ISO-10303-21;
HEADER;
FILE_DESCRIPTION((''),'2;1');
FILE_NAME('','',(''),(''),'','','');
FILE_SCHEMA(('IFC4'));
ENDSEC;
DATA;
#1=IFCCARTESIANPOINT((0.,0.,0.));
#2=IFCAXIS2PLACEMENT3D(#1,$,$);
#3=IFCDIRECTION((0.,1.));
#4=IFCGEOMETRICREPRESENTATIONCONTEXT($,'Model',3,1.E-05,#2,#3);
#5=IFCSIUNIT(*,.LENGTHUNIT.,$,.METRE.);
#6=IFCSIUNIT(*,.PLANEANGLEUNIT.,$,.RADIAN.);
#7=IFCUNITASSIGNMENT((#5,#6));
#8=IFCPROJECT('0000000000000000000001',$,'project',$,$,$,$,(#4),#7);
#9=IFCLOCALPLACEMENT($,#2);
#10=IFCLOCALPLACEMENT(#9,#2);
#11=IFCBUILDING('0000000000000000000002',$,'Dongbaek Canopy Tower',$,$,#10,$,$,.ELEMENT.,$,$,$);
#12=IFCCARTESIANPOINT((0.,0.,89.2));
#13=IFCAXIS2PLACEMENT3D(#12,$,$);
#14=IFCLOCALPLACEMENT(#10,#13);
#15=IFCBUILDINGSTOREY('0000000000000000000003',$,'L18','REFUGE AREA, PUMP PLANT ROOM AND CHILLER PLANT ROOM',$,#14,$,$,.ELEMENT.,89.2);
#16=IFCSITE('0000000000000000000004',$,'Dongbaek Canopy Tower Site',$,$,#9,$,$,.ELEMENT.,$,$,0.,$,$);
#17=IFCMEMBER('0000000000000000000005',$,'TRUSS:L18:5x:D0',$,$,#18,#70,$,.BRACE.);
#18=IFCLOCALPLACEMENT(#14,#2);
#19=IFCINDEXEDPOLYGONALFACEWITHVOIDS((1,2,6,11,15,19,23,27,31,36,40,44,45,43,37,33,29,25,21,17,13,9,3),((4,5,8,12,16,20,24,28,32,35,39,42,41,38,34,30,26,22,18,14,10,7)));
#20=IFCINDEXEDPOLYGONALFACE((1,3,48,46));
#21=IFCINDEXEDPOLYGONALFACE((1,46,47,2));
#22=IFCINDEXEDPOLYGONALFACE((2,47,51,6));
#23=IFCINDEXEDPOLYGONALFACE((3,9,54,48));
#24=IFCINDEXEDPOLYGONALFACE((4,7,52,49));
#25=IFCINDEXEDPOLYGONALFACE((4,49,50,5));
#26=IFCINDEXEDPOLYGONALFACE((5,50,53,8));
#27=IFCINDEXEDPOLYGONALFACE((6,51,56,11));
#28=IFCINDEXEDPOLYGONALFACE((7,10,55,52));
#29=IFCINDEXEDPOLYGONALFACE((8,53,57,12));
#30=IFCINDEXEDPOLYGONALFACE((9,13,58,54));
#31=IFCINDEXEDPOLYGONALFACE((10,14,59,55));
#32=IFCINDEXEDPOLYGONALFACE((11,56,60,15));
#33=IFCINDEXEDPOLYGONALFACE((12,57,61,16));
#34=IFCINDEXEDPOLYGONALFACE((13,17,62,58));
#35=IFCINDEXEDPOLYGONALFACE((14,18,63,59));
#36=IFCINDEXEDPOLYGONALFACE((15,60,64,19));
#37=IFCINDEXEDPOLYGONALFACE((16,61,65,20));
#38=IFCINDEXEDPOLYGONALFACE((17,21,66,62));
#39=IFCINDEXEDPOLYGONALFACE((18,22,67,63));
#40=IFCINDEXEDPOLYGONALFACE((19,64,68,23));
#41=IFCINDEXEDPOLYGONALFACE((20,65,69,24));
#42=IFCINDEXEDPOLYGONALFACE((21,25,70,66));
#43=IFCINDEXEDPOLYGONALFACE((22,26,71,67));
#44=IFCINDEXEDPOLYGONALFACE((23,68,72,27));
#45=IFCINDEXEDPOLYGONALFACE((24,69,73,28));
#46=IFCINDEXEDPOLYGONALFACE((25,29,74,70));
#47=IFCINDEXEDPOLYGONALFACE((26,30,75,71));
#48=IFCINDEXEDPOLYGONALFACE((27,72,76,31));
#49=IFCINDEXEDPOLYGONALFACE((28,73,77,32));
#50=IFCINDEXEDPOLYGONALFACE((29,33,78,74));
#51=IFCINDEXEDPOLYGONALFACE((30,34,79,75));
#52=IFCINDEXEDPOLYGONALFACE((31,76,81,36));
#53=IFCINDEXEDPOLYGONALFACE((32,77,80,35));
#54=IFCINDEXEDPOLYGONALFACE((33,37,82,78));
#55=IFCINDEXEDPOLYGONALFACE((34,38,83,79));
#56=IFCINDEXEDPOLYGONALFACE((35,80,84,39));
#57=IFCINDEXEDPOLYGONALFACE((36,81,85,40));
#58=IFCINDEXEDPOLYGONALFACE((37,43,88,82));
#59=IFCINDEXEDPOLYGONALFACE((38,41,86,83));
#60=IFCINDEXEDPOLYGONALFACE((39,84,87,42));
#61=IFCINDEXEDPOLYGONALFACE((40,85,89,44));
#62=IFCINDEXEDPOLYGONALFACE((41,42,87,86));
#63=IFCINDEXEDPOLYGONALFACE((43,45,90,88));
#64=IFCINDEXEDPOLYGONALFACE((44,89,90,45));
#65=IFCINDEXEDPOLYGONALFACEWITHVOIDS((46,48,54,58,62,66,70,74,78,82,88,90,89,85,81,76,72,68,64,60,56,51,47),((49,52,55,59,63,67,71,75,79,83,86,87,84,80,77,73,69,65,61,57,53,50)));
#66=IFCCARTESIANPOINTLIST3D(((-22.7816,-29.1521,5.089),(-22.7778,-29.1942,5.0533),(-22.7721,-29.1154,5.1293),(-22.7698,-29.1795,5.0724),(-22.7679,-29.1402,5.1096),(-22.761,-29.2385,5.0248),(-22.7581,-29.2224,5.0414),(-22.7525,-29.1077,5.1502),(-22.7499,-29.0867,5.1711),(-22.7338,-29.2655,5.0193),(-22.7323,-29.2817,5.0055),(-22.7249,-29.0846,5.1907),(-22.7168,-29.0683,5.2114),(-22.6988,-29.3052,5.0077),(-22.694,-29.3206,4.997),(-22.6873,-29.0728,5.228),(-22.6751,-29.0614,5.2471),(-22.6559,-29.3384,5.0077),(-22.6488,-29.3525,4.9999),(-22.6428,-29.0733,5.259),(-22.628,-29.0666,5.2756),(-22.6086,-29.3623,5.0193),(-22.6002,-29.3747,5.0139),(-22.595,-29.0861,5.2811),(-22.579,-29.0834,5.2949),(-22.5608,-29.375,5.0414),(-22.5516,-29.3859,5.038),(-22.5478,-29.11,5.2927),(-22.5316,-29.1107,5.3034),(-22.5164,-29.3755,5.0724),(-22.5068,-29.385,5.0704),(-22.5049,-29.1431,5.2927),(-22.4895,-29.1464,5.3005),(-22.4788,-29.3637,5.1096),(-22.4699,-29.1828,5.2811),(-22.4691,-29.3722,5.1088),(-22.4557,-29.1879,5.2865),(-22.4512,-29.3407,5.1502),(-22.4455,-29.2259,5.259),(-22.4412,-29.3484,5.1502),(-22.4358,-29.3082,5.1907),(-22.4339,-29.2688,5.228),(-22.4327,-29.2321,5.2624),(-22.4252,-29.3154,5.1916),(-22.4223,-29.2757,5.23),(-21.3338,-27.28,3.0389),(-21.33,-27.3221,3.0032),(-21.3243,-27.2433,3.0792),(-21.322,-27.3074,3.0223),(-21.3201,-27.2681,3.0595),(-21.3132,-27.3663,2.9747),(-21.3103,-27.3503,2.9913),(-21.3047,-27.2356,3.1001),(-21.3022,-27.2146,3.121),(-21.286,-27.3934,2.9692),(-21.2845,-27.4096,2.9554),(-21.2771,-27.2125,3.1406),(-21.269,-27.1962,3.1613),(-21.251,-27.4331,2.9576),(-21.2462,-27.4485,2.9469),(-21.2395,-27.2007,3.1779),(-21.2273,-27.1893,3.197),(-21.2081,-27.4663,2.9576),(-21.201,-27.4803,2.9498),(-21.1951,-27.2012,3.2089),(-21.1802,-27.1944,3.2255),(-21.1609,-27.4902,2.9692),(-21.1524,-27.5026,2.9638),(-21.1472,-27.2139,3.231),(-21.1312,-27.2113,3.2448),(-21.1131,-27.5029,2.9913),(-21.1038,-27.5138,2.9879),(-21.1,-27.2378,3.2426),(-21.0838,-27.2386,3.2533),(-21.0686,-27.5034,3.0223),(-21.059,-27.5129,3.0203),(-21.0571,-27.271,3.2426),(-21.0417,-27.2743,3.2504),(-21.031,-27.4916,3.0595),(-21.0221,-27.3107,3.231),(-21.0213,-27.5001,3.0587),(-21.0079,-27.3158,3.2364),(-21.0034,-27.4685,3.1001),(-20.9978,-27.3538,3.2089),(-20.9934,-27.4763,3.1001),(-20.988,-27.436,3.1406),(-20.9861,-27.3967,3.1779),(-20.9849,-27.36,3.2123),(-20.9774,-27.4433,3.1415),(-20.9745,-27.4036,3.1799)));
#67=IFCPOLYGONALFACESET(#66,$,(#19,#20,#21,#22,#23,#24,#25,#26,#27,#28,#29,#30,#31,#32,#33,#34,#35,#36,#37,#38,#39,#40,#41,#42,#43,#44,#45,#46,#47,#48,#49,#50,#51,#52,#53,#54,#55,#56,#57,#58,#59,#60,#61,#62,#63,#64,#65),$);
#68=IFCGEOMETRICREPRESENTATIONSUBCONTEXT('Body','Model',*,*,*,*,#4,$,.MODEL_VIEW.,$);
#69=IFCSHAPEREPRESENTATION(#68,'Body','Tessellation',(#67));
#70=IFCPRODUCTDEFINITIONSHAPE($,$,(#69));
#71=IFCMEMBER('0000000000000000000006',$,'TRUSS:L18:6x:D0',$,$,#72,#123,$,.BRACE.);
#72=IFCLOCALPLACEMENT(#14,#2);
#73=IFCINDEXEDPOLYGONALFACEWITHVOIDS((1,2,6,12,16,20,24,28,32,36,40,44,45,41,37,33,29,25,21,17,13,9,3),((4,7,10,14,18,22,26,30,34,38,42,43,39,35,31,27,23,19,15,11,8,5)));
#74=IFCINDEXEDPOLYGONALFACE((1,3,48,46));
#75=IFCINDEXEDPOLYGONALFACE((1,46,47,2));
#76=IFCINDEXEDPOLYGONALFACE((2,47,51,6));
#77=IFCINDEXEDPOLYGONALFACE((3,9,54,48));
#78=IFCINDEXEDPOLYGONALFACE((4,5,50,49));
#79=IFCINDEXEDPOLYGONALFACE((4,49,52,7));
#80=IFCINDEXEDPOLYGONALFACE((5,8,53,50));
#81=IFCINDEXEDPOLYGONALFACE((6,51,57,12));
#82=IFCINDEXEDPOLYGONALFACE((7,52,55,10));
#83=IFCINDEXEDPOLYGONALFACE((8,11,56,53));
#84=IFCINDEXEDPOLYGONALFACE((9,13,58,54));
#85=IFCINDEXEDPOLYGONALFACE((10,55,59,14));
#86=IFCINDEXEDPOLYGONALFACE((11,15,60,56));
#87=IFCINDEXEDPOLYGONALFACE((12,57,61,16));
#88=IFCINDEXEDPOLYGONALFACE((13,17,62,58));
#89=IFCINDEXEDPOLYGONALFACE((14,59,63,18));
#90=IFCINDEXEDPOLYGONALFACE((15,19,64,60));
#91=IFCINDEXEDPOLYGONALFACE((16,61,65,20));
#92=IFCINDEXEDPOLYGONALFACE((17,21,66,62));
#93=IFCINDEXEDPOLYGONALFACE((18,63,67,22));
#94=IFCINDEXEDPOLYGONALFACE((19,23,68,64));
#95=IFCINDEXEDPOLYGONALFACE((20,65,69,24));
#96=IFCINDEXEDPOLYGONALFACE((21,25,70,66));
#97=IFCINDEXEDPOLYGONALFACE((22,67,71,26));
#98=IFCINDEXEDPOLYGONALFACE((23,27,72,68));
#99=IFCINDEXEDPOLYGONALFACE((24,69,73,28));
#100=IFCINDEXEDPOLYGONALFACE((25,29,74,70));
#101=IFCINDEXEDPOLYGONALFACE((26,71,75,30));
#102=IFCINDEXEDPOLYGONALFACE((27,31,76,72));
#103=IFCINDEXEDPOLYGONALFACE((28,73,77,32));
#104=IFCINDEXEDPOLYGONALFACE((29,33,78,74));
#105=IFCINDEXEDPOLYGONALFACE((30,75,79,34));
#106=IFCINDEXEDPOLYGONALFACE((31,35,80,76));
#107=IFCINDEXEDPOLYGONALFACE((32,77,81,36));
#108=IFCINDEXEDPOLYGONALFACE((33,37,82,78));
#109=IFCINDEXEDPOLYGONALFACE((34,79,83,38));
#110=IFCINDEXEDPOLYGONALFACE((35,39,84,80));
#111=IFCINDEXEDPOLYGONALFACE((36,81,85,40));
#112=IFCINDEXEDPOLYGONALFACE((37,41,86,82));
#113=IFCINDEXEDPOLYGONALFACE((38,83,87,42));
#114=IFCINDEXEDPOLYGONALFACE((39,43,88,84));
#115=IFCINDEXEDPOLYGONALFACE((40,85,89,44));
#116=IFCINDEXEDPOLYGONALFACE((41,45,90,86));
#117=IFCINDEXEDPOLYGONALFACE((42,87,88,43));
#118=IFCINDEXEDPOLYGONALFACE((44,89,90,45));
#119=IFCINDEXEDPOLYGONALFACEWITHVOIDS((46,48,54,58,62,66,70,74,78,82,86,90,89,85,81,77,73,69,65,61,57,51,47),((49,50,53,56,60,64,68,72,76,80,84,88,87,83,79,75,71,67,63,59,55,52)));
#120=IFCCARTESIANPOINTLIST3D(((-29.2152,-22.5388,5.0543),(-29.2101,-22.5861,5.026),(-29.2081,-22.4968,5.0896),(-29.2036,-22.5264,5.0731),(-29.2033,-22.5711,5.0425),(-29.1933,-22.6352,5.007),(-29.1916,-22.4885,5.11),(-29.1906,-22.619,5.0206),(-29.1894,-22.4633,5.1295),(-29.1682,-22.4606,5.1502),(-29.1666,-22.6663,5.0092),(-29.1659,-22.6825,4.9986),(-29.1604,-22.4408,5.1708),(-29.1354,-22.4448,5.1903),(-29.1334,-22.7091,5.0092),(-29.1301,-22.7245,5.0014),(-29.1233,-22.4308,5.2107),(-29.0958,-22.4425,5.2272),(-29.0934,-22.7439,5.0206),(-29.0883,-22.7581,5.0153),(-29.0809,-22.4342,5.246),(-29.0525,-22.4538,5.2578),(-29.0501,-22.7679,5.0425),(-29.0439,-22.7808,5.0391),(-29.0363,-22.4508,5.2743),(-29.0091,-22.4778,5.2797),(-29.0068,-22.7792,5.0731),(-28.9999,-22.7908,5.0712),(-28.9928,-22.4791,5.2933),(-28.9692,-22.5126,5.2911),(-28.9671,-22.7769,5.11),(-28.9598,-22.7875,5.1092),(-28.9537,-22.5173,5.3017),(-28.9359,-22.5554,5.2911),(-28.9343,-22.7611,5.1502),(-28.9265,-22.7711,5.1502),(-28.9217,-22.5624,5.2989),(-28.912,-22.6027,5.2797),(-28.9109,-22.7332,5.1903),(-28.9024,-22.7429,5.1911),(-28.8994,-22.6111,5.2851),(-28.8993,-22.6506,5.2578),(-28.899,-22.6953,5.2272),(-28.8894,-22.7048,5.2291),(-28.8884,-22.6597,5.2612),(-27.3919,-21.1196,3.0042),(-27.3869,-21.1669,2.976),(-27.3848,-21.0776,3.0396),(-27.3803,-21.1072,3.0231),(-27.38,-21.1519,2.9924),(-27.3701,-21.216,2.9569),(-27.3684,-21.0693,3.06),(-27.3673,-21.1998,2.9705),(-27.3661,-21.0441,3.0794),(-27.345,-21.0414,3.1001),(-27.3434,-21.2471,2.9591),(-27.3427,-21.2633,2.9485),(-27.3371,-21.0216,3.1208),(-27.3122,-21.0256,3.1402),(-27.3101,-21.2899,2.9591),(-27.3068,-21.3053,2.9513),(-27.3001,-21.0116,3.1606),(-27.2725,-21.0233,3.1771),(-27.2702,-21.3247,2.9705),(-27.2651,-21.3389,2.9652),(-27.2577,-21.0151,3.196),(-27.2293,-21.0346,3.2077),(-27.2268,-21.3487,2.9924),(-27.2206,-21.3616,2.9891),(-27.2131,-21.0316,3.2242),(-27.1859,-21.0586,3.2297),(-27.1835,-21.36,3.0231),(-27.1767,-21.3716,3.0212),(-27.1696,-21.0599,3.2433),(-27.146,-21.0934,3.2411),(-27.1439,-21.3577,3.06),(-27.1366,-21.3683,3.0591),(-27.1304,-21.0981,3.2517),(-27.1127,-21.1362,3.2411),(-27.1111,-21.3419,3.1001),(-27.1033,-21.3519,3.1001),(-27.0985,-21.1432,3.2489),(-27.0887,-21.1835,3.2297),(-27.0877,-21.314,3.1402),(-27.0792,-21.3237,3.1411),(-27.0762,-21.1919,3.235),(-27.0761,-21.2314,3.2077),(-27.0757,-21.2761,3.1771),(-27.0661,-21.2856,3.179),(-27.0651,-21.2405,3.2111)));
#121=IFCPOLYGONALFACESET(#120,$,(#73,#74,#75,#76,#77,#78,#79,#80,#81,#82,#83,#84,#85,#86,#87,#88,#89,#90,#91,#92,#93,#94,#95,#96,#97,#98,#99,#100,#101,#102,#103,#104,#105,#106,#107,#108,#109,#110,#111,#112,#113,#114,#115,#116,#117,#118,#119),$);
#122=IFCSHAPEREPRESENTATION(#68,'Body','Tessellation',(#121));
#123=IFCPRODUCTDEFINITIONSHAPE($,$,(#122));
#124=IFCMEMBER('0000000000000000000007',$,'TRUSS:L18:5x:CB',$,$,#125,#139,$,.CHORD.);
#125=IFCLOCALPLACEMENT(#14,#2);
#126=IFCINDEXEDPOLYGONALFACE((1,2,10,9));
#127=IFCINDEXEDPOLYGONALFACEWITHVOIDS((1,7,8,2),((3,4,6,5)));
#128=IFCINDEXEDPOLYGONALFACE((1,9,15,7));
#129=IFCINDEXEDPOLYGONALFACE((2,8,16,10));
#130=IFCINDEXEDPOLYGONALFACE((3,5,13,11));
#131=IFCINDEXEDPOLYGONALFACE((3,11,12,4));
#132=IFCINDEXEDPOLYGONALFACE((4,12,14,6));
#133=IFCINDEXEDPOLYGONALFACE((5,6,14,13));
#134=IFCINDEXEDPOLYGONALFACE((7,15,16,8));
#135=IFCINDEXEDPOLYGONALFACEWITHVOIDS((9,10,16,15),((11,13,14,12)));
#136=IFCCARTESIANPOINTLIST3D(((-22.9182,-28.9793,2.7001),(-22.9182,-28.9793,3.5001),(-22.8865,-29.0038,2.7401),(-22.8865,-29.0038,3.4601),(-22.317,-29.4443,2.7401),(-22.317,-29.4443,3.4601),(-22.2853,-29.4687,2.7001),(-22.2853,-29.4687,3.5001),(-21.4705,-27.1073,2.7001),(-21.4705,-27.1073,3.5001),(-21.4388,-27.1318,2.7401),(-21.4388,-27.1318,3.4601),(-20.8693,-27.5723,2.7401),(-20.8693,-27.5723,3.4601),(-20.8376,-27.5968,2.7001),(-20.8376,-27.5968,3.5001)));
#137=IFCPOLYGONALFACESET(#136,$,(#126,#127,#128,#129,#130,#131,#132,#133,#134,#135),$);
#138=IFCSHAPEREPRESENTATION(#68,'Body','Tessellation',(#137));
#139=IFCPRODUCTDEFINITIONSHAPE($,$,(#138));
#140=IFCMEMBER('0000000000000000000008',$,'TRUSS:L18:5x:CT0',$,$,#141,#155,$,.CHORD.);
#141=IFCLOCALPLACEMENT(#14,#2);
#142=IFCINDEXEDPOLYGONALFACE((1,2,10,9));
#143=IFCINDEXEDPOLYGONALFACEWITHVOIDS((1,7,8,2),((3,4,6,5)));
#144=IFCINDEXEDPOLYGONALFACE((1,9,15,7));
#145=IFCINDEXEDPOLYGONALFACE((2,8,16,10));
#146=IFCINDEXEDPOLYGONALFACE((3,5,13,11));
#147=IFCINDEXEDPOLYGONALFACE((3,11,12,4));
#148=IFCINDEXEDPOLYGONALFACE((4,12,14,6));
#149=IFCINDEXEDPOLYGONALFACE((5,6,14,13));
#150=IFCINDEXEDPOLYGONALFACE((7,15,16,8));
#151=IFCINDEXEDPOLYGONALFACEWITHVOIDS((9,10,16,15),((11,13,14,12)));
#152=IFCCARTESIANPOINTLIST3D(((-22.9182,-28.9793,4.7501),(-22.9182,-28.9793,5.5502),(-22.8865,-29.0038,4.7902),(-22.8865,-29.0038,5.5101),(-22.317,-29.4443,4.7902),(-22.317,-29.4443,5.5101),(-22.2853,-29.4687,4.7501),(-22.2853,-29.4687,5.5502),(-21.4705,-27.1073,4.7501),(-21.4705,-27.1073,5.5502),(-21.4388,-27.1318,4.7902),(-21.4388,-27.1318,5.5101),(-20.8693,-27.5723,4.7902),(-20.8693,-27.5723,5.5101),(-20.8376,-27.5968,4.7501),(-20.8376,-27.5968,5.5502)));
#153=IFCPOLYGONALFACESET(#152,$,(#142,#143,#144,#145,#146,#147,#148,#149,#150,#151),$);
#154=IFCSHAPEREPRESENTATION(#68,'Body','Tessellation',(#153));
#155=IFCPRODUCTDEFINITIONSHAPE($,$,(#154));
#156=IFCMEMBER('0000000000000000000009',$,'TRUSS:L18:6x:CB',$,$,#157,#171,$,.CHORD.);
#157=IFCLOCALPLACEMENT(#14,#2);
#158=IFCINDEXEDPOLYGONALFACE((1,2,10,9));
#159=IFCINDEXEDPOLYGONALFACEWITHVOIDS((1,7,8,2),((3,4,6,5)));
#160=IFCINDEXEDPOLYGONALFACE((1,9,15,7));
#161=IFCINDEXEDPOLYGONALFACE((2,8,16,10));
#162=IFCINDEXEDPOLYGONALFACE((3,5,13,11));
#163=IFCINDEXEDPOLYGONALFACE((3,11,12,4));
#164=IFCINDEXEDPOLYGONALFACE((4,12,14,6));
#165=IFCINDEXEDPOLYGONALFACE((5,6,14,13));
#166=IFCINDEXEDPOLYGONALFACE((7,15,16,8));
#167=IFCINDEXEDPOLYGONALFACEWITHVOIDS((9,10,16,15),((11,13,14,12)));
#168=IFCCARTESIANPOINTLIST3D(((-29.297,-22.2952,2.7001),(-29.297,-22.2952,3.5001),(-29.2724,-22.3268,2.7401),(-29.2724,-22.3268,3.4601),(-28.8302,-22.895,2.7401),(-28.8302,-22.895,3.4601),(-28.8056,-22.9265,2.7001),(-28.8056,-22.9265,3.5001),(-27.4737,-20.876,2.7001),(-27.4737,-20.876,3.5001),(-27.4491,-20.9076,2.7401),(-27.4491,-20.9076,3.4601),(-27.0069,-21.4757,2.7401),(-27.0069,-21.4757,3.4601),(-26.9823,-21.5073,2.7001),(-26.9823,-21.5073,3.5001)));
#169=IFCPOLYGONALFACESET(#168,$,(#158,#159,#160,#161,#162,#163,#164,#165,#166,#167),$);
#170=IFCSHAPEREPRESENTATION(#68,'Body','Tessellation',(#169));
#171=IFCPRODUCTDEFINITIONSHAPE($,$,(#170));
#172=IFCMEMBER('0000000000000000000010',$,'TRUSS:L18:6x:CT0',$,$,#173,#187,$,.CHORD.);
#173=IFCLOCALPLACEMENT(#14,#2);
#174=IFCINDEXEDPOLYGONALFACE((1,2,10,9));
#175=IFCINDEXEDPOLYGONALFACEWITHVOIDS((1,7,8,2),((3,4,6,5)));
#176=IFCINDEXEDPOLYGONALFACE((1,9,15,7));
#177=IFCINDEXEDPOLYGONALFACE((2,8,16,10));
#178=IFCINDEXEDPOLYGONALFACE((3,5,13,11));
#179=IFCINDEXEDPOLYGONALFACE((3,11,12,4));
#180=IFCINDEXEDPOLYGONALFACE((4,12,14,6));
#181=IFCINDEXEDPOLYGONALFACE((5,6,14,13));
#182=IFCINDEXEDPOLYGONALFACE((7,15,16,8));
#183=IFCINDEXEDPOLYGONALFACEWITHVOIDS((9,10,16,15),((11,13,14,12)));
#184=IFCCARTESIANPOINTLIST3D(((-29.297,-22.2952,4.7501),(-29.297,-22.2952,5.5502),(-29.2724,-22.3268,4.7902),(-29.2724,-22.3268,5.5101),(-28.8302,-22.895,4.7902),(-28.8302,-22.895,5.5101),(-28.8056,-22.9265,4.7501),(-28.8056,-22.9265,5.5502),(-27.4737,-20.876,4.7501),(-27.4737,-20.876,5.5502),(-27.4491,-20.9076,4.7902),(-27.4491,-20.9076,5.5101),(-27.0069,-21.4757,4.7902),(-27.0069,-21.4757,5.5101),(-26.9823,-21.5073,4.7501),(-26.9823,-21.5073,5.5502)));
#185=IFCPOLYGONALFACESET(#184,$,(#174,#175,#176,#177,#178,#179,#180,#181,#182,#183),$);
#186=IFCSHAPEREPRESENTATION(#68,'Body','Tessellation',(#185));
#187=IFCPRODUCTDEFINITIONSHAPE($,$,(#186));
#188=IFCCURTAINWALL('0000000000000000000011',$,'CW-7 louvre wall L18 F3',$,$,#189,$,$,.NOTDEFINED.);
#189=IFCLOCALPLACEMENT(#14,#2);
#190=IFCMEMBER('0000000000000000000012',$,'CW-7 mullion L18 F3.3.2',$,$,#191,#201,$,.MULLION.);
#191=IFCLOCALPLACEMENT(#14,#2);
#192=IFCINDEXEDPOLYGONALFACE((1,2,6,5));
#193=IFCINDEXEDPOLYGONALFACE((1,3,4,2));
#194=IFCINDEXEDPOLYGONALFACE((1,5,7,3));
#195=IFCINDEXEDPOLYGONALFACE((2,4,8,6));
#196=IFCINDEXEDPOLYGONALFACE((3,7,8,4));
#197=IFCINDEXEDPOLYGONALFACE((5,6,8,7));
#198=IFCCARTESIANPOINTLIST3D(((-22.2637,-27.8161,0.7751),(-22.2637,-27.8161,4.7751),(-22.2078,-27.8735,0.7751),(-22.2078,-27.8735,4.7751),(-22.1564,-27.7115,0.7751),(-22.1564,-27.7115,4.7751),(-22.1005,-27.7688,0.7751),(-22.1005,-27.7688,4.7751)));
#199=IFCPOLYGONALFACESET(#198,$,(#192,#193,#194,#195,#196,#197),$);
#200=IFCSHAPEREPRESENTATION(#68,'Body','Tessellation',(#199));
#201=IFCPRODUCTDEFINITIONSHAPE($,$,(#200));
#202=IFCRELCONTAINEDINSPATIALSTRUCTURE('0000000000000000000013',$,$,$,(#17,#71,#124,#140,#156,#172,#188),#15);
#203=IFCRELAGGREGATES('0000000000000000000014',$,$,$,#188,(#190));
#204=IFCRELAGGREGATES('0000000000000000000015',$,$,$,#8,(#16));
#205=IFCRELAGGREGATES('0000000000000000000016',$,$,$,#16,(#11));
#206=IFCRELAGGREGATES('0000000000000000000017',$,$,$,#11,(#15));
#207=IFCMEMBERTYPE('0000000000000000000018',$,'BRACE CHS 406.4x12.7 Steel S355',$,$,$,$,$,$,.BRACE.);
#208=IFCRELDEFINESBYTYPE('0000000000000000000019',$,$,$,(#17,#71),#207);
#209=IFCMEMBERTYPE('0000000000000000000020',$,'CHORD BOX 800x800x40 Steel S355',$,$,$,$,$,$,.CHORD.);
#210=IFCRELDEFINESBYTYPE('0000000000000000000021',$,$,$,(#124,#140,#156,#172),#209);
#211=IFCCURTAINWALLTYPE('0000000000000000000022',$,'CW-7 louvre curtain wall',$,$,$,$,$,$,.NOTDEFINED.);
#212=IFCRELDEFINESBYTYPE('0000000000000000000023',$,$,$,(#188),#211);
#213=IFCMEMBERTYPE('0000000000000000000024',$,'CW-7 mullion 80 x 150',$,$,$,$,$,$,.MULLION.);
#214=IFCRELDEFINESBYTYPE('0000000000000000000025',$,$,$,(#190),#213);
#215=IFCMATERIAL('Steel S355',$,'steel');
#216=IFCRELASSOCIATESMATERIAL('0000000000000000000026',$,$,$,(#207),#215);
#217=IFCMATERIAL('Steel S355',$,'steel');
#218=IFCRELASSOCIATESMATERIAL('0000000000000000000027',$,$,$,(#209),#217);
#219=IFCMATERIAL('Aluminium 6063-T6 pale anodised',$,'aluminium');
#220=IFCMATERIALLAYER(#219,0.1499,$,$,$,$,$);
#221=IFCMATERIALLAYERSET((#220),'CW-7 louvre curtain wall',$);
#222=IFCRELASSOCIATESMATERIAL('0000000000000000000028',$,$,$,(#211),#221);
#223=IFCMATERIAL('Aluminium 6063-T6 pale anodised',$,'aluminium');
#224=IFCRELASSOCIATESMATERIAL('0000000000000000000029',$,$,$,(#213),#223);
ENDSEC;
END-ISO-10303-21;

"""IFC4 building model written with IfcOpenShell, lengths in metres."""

from ifc_helpers import new_model, si_unit, direction, frame, origin, origin_2d, place, context, subcontext, project, spatial, rectangle, hollow_rectangle, hollow_circle, extrude, material, layer, layer_set, material_profile, profile_set, type_object, element, aggregate, save


model = new_model("IFC4")

# Units and contexts
model_context = context("Model", 3, precision=1e-05, world=origin(), true_north=direction((0.0, 1.0)))
body_context = subcontext(model_context, "Body", "Model", "MODEL_VIEW")
ifc_project = project(units=[si_unit("LENGTHUNIT", "METRE"), si_unit("PLANEANGLEUNIT", "RADIAN")], contexts=[model_context])

# Site, building, storey
site_placement = place(None, origin())
site = spatial("IfcSite", under=ifc_project, at=site_placement, Name="Dongbaek Canopy Tower Site", CompositionType="ELEMENT", RefElevation=0.0)
building_placement = place(site_placement, origin())
building = spatial("IfcBuilding", under=site, at=building_placement, Name="Dongbaek Canopy Tower", CompositionType="ELEMENT")
storey_placement = place(building_placement, frame((0.0, 0.0, 89.2)))
storey = spatial("IfcBuildingStorey", under=building, at=storey_placement, Name="L18", Description="REFUGE AREA, PUMP PLANT ROOM AND CHILLER PLANT ROOM", CompositionType="ELEMENT", Elevation=89.2)

# Members
ifc_material_1 = material(Name="Steel S355", Category="steel")
ifc_material_profile_1 = material_profile(ifc_material_1, hollow_circle(Radius=0.2031, WallThickness=0.0127, at=origin_2d()), Name="BRACE CHS 406.4x12.7 Steel S355")
ifc_profile_set_1 = profile_set([ifc_material_profile_1], Name="Steel S355")
member_type_1 = type_object("IfcMemberType", Name="BRACE CHS 406.4x12.7 Steel S355", PredefinedType="BRACE", material=ifc_profile_set_1)
member_1_placement = place(storey_placement, frame((-21.1541, -27.3521, 3.1001), z_axis=(-0.462389, -0.597909, 0.654753), x_axis=(0.791049, -0.611753, 0.0)))
element("IfcMember", 1, at=member_1_placement, inside=storey, type_object=member_type_1, Name="TRUSS:L18:5x:D0", PredefinedType="BRACE", context=body_context, shape_type="SweptSolid", body=[
    extrude(hollow_circle(Radius=0.2031, WallThickness=0.0127, at=origin_2d()), origin(), (0.0, 0.0, 1.0), 3.1311),
])
member_2_placement = place(storey_placement, frame((-27.228, -21.1917, 3.1001), z_axis=(-0.590265, -0.459455, 0.663693), x_axis=(0.614241, -0.789119, 0.0)))
element("IfcMember", 2, at=member_2_placement, inside=storey, type_object=member_type_1, Name="TRUSS:L18:6x:D0", PredefinedType="BRACE", context=body_context, shape_type="SweptSolid", body=[
    extrude(hollow_circle(Radius=0.2031, WallThickness=0.0127, at=origin_2d()), origin(), (0.0, 0.0, 1.0), 3.0889),
])
ifc_material_2 = material(Name="Steel S355", Category="steel")
ifc_material_profile_2 = material_profile(ifc_material_2, hollow_rectangle(XDim=0.8, YDim=0.8, WallThickness=0.04, at=origin_2d()), Name="CHORD BOX 800x800x40 Steel S355")
ifc_profile_set_2 = profile_set([ifc_material_profile_2], Name="Steel S355")
member_type_2 = type_object("IfcMemberType", Name="CHORD BOX 800x800x40 Steel S355", PredefinedType="CHORD", material=ifc_profile_set_2)
for number, where, z_axis, x_axis, name in (
    (3, (-21.1541, -27.3521, 3.1001), (-0.611753, -0.791049, 0.0), (0.791049, -0.611753, 0.0), "TRUSS:L18:5x:CB"),
    (4, (-21.1541, -27.3521, 5.1501), (-0.611753, -0.791049, 0.0), (0.791049, -0.611753, 0.0), "TRUSS:L18:5x:CT0"),
):
    element("IfcMember", number, at=place(storey_placement, frame(where, z_axis=z_axis, x_axis=x_axis)), inside=storey, type_object=member_type_2, Name=name, PredefinedType="CHORD", context=body_context, shape_type="SweptSolid", body=[
        extrude(hollow_rectangle(XDim=0.8, YDim=0.8, WallThickness=0.04, at=origin_2d()), origin(), (0.0, 0.0, 1.0), 2.3665),
    ])
for number, where, z_axis, x_axis, name in (
    (5, (-27.228, -21.1917, 3.1001), (-0.789119, -0.614241, 0.0), (0.614241, -0.789119, 0.0), "TRUSS:L18:6x:CB"),
    (6, (-27.228, -21.1917, 5.1501), (-0.789119, -0.614241, 0.0), (0.614241, -0.789119, 0.0), "TRUSS:L18:6x:CT0"),
):
    element("IfcMember", number, at=place(storey_placement, frame(where, z_axis=z_axis, x_axis=x_axis)), inside=storey, type_object=member_type_2, Name=name, PredefinedType="CHORD", context=body_context, shape_type="SweptSolid", body=[
        extrude(hollow_rectangle(XDim=0.8, YDim=0.8, WallThickness=0.04, at=origin_2d()), origin(), (0.0, 0.0, 1.0), 2.3105),
    ])

# Curtain wall, member
ifc_material_3 = material(Name="Aluminium 6063-T6 pale anodised", Category="aluminium")
ifc_layer_1 = layer(ifc_material_3, 0.1499)
ifc_layer_set_1 = layer_set([ifc_layer_1], Name="CW-7 louvre curtain wall")
curtain_wall_type = type_object("IfcCurtainWallType", Name="CW-7 louvre curtain wall", PredefinedType="NOTDEFINED", material=ifc_layer_set_1)
curtain_wall_placement = place(storey_placement, origin())
curtain_wall = element("IfcCurtainWall", 7, at=curtain_wall_placement, inside=storey, type_object=curtain_wall_type, Name="CW-7 louvre wall L18 F3", PredefinedType="NOTDEFINED")
ifc_material_4 = material(Name="Aluminium 6063-T6 pale anodised", Category="aluminium")
ifc_material_profile_3 = material_profile(ifc_material_4, rectangle(XDim=0.1499, YDim=0.0801, at=origin_2d()), Name="CW-7 mullion 80 x 150")
ifc_profile_set_3 = profile_set([ifc_material_profile_3], Name="Aluminium 6063-T6 pale anodised")
member_type_3 = type_object("IfcMemberType", Name="CW-7 mullion 80 x 150", PredefinedType="MULLION", material=ifc_profile_set_3)
member_3_placement = place(storey_placement, frame((-22.1821, -27.7925, 0.7751), z_axis=(0.0, 0.0, 1.0), x_axis=(-0.715921, -0.698181, 0.0)))
member_3 = element("IfcMember", 8, at=member_3_placement, type_object=member_type_3, Name="CW-7 mullion L18 F3.3.2", PredefinedType="MULLION", context=body_context, shape_type="SweptSolid", body=[
    extrude(rectangle(XDim=0.1499, YDim=0.0801, at=origin_2d()), origin(), (0.0, 0.0, 1.0), 4.0),
])

aggregate(curtain_wall, [member_3])

save(model, "model.ifc")
